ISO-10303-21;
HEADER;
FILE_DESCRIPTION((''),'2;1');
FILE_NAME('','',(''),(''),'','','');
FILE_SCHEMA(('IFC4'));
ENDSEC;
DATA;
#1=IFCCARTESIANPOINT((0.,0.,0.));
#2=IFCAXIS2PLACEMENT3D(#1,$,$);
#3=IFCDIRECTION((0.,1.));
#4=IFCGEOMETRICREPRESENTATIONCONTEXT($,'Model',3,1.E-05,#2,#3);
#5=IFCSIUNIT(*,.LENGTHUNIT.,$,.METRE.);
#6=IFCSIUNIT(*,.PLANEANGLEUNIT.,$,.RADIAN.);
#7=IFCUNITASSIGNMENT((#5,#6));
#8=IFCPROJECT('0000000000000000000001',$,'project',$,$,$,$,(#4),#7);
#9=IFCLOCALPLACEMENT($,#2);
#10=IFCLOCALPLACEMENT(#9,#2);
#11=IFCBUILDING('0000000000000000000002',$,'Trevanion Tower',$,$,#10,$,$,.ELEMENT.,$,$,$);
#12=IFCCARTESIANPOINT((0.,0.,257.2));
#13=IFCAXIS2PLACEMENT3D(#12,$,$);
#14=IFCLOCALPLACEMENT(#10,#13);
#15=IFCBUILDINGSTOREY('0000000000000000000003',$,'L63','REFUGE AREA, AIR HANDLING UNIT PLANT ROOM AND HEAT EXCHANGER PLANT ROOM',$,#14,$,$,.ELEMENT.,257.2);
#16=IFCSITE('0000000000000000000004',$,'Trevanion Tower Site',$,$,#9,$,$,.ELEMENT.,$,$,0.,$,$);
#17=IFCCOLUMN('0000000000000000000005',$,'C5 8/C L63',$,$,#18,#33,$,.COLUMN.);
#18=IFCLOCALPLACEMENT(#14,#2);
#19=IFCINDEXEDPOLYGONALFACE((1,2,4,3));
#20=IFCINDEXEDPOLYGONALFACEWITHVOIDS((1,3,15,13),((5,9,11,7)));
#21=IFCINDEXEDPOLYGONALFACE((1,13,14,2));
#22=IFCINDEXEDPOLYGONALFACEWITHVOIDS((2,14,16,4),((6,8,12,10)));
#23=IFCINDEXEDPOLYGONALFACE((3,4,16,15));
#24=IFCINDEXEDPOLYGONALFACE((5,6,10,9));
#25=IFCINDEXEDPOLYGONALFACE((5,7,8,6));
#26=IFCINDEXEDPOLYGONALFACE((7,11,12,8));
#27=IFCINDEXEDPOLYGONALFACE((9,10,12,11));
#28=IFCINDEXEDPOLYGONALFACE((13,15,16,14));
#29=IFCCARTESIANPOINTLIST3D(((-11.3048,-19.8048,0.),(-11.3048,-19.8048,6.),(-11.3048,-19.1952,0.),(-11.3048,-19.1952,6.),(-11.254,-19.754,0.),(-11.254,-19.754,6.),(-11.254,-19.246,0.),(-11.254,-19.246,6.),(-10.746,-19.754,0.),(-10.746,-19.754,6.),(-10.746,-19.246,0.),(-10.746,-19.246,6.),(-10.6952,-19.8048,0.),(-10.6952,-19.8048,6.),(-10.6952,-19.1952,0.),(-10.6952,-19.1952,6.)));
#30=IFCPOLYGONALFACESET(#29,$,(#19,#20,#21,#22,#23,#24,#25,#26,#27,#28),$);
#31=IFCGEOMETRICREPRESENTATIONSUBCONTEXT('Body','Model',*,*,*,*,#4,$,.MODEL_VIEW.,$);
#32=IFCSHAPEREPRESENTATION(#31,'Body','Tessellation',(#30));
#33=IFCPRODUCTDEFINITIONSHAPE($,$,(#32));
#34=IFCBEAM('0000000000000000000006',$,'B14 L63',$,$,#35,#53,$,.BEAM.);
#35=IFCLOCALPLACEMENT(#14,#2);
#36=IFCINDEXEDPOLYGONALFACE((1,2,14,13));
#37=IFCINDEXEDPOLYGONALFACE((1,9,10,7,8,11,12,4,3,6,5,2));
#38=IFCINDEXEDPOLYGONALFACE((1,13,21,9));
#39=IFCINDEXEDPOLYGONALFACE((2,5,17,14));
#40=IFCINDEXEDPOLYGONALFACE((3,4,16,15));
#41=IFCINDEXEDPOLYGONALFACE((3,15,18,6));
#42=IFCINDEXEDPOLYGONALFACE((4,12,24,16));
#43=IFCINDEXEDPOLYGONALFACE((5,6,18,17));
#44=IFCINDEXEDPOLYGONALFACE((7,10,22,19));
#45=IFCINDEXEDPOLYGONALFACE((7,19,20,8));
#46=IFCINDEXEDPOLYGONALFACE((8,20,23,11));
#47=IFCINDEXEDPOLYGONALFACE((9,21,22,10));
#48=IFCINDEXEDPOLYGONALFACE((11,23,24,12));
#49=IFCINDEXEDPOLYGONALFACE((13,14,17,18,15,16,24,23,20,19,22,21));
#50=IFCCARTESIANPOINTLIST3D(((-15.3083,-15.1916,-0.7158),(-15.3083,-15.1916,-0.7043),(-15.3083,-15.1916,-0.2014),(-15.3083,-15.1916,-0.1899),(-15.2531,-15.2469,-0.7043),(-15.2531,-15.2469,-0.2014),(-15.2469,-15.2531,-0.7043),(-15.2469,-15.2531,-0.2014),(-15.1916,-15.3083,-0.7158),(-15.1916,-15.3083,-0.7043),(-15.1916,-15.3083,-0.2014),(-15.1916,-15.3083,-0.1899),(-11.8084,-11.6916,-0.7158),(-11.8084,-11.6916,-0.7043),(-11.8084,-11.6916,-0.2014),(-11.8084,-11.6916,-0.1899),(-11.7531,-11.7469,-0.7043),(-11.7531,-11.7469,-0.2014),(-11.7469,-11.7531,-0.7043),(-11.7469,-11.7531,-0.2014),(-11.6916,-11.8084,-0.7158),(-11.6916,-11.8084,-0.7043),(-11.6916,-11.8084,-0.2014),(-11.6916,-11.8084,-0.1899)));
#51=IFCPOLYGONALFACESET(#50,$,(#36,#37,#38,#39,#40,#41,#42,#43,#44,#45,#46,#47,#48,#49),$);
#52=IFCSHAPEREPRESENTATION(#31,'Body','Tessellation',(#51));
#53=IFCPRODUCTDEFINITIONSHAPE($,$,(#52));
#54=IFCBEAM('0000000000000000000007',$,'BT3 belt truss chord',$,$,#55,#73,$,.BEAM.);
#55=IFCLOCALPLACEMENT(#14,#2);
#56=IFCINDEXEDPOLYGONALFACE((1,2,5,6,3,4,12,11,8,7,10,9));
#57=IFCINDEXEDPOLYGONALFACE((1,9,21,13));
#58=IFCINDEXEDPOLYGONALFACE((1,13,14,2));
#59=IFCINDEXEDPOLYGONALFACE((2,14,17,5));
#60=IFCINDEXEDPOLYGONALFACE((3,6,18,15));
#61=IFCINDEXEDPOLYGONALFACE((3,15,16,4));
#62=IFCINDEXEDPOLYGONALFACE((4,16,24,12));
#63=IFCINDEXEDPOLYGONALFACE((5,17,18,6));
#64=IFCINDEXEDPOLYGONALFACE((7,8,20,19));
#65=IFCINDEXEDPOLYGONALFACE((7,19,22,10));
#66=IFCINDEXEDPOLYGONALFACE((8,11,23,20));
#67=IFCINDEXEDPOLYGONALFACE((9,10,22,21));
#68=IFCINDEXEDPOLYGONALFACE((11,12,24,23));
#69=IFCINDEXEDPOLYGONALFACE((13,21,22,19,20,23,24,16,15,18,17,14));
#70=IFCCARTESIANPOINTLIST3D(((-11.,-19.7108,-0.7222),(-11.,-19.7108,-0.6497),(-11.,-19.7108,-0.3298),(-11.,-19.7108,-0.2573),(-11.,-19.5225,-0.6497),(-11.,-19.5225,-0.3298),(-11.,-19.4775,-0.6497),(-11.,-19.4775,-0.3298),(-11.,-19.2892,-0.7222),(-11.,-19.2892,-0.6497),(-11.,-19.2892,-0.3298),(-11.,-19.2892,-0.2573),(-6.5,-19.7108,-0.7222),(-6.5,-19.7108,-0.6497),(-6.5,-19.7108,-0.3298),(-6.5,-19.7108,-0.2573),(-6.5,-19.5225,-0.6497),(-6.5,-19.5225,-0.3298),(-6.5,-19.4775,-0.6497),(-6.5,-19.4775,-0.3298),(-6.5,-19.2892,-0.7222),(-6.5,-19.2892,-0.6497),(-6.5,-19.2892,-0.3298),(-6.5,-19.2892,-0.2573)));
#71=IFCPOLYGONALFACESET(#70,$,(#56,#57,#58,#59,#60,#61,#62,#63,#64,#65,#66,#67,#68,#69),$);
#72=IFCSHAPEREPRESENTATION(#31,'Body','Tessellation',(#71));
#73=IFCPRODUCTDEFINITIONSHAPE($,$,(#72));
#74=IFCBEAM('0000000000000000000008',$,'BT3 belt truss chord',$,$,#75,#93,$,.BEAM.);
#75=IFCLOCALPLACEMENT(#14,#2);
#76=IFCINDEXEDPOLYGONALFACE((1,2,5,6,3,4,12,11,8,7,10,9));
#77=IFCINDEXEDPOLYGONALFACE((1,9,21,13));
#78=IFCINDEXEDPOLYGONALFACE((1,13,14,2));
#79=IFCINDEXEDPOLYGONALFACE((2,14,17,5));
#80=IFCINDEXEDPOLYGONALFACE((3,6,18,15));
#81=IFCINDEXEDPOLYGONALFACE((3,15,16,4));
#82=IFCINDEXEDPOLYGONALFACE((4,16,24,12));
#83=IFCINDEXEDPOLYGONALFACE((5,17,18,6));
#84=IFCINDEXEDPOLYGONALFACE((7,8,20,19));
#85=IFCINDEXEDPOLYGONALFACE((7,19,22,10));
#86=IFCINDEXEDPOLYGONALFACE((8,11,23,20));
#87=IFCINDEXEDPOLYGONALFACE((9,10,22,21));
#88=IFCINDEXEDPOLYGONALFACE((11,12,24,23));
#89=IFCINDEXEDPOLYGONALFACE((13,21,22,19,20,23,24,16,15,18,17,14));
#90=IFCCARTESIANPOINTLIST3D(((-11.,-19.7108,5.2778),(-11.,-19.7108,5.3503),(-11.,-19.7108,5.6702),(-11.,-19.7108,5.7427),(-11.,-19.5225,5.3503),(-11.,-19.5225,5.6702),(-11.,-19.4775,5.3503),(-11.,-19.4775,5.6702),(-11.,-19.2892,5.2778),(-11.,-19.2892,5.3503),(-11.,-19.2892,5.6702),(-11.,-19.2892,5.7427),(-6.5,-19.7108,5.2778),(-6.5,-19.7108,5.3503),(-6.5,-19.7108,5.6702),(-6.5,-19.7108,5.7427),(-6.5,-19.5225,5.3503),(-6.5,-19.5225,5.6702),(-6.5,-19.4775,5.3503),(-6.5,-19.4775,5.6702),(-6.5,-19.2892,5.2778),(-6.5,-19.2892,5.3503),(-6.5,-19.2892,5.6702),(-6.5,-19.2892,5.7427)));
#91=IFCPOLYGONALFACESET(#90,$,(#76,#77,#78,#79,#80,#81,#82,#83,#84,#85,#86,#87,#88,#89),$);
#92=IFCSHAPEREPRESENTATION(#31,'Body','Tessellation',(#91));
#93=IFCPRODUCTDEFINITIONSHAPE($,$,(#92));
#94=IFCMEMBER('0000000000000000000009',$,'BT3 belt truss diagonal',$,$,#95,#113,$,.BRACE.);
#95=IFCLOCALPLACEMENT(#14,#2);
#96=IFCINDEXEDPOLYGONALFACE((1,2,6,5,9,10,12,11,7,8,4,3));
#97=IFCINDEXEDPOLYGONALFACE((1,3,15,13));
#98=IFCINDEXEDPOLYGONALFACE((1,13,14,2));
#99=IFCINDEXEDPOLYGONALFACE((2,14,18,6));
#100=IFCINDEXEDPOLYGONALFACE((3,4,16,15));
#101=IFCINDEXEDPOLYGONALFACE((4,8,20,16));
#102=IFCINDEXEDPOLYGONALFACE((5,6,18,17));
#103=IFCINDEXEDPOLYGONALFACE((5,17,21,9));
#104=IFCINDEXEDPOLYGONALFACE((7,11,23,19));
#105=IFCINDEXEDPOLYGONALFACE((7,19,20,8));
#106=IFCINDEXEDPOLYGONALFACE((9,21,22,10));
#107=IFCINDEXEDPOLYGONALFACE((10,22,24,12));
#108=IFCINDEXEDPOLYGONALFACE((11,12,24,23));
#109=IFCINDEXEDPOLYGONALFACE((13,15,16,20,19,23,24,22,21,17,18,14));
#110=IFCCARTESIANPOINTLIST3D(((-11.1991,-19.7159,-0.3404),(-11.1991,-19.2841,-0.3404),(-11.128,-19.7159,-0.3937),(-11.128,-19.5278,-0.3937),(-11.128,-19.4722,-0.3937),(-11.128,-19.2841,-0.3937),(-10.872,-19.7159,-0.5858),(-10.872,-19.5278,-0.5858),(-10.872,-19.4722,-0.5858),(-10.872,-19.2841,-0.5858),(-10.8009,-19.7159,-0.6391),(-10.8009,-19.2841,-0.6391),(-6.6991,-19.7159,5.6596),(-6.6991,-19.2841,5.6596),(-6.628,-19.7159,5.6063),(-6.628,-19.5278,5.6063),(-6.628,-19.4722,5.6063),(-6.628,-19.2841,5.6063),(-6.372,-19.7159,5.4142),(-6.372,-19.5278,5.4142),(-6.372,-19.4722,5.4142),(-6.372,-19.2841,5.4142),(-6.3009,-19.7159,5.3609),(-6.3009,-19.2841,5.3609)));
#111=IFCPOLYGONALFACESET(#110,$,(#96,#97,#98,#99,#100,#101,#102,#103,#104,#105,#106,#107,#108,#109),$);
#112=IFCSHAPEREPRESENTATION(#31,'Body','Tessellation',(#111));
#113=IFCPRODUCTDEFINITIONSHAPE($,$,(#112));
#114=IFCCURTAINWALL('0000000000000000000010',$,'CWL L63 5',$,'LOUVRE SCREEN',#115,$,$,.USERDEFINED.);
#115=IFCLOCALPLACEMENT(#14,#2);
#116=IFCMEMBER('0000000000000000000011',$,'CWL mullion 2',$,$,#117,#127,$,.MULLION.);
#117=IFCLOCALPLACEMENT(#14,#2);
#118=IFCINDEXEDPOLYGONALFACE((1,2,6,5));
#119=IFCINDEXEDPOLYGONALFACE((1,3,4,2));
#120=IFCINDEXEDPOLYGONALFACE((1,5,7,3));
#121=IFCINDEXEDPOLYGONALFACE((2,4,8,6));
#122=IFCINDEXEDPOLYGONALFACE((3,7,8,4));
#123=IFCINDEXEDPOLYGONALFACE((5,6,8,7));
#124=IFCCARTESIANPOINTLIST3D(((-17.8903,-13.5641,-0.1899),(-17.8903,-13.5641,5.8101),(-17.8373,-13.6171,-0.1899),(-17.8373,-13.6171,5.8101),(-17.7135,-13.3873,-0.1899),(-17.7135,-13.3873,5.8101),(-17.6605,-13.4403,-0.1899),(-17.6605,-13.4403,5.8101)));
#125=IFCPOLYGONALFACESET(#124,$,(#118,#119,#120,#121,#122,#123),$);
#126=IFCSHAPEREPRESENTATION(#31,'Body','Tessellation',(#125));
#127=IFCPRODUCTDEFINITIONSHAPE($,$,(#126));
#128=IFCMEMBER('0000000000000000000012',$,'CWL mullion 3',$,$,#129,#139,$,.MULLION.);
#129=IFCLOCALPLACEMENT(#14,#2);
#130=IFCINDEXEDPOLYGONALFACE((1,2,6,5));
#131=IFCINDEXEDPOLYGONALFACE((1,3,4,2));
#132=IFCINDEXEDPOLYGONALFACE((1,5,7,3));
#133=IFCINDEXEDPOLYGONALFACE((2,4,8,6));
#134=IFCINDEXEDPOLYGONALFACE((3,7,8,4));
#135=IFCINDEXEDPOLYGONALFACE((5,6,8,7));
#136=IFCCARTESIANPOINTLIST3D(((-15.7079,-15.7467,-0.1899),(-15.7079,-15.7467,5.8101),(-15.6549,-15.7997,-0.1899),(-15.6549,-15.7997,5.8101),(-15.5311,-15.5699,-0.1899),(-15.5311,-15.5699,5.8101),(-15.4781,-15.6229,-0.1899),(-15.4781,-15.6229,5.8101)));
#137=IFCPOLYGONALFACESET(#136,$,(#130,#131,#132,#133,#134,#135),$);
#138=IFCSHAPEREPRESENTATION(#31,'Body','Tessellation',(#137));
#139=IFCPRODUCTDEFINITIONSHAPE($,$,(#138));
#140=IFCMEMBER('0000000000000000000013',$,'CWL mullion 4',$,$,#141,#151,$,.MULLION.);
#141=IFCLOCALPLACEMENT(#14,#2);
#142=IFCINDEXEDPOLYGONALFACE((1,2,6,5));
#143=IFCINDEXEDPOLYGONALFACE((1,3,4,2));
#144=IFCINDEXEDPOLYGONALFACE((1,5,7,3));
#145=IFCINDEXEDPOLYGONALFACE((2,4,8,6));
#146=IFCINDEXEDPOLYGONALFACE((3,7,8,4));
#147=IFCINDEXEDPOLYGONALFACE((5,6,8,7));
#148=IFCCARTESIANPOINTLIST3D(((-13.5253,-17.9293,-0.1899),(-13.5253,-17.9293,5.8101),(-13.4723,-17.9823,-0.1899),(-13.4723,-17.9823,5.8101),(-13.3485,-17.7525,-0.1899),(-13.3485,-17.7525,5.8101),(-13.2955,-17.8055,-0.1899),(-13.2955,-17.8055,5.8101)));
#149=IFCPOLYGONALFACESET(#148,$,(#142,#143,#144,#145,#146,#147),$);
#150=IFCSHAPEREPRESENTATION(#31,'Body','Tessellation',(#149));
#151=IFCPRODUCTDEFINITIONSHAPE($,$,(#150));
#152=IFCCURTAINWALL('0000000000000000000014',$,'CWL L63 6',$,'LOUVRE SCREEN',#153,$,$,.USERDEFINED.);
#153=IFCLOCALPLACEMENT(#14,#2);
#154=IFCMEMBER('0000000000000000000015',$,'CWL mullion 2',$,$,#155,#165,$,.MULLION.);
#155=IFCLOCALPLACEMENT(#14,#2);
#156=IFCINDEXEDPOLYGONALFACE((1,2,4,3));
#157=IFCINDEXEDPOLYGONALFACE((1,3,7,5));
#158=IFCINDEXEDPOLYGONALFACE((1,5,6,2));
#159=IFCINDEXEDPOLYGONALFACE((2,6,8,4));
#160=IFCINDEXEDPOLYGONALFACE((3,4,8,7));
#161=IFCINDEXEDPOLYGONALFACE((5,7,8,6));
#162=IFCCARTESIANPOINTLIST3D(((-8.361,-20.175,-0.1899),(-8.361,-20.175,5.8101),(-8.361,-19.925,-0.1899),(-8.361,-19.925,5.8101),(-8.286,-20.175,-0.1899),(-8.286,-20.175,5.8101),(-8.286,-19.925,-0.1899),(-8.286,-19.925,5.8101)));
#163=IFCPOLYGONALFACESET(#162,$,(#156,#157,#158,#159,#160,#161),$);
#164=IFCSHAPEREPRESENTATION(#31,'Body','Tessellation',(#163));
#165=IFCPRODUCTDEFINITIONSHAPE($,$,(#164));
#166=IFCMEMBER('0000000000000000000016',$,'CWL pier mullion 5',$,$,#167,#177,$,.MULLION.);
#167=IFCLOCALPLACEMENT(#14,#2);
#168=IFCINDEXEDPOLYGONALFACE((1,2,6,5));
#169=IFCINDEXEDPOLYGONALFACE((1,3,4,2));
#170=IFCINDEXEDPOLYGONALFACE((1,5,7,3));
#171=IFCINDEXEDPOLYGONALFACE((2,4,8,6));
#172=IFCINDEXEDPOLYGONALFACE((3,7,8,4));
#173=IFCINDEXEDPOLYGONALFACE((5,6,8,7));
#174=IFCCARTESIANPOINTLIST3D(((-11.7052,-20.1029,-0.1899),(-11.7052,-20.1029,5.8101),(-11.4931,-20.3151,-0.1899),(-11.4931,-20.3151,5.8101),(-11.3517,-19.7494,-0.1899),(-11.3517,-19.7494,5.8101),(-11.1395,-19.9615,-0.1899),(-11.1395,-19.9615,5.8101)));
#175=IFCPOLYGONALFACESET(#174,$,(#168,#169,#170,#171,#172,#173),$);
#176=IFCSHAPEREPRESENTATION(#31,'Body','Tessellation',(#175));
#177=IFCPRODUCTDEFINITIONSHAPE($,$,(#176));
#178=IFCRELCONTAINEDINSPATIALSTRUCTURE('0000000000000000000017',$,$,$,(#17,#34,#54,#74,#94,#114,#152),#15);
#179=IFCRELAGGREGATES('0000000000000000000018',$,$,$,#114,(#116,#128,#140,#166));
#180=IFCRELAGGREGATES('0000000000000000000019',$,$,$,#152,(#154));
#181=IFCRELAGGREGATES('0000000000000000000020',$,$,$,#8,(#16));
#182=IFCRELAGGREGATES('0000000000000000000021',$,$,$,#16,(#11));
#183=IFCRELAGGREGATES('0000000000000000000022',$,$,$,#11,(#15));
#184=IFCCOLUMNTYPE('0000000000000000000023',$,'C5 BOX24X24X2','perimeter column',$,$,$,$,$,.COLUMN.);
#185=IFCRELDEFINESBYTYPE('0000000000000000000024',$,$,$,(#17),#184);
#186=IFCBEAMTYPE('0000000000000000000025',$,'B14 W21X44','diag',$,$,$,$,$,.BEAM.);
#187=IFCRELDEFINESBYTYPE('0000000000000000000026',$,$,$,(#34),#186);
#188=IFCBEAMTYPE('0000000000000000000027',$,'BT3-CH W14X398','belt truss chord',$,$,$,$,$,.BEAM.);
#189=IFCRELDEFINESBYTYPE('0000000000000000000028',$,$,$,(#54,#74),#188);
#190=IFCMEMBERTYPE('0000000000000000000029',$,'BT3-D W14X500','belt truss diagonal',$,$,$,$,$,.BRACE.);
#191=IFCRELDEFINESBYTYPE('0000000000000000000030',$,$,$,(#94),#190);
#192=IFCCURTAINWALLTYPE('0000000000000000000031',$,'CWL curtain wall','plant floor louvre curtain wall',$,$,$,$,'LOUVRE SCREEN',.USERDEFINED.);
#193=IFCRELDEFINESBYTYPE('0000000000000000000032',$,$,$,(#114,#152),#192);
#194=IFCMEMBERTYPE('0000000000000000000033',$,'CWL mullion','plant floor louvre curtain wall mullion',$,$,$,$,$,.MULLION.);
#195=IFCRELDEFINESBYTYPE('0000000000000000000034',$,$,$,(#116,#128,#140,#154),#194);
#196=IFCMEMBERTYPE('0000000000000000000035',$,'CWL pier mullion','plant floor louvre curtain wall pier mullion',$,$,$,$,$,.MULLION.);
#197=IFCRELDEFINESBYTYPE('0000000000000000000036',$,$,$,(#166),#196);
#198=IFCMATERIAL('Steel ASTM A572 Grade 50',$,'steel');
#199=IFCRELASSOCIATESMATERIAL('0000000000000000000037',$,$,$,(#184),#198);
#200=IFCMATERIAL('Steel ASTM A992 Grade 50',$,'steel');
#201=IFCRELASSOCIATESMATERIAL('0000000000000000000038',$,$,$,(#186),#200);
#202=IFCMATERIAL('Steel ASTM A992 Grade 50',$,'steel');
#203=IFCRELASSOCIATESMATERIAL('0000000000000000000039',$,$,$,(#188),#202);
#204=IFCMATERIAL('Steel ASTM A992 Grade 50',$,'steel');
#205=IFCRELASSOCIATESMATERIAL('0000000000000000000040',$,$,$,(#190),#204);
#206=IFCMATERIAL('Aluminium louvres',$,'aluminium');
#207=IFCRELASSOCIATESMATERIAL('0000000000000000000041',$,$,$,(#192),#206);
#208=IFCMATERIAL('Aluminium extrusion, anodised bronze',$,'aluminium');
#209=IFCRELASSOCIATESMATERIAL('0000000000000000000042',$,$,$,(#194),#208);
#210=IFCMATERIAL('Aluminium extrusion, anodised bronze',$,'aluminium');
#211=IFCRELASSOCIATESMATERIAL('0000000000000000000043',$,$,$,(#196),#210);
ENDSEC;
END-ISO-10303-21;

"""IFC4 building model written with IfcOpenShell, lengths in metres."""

from ifc_helpers import new_model, si_unit, direction, frame, origin, origin_2d, place, context, subcontext, project, spatial, rectangle, hollow_rectangle, i_section, extrude, material, material_profile, profile_set, type_object, element, aggregate, save


model = new_model("IFC4")

# Units and contexts
model_context = context("Model", 3, precision=1e-05, world=origin(), true_north=direction((0.0, 1.0)))
body_context = subcontext(model_context, "Body", "Model", "MODEL_VIEW")
ifc_project = project(units=[si_unit("LENGTHUNIT", "METRE"), si_unit("PLANEANGLEUNIT", "RADIAN")], contexts=[model_context])

# Site, building, storey
site_placement = place(None, origin())
site = spatial("IfcSite", under=ifc_project, at=site_placement, Name="Trevanion Tower Site", CompositionType="ELEMENT", RefElevation=0.0)
building_placement = place(site_placement, origin())
building = spatial("IfcBuilding", under=site, at=building_placement, Name="Trevanion Tower", CompositionType="ELEMENT")
storey_placement = place(building_placement, frame((0.0, 0.0, 257.2)))
storey = spatial("IfcBuildingStorey", under=building, at=storey_placement, Name="L63", Description="REFUGE AREA, AIR HANDLING UNIT PLANT ROOM AND HEAT EXCHANGER PLANT ROOM", CompositionType="ELEMENT", Elevation=257.2)

# Column
ifc_material_1 = material(Name="Steel ASTM A572 Grade 50", Category="steel")
ifc_material_profile_1 = material_profile(ifc_material_1, hollow_rectangle(XDim=0.6096, YDim=0.6096, WallThickness=0.0508, at=origin_2d()), Name="BOX24X24X2")
ifc_profile_set_1 = profile_set([ifc_material_profile_1], Name="Steel ASTM A572 Grade 50")
column_type = type_object("IfcColumnType", Name="C5 BOX24X24X2", Description="perimeter column", PredefinedType="COLUMN", material=ifc_profile_set_1)
column_placement = place(storey_placement, frame((-11.0, -19.5, 0.0), z_axis=(0.0, 0.0, 1.0), x_axis=(1.0, 0.0, 0.0)))
element("IfcColumn", 1, at=column_placement, inside=storey, type_object=column_type, Name="C5 8/C L63", PredefinedType="COLUMN", context=body_context, shape_type="SweptSolid", body=[
    extrude(hollow_rectangle(XDim=0.6096, YDim=0.6096, WallThickness=0.0508, at=origin_2d()), origin(), (0.0, 0.0, 1.0), 6.0),
])

# Beams
ifc_material_2 = material(Name="Steel ASTM A992 Grade 50", Category="steel")
ifc_material_profile_2 = material_profile(ifc_material_2, i_section(OverallWidth=0.165, OverallDepth=0.5259, WebThickness=0.0088, FlangeThickness=0.0115, at=origin_2d()), Name="W21X44")
ifc_profile_set_2 = profile_set([ifc_material_profile_2], Name="Steel ASTM A992 Grade 50")
beam_type_1 = type_object("IfcBeamType", Name="B14 W21X44", Description="diag", PredefinedType="BEAM", material=ifc_profile_set_2)
beam_1_placement = place(storey_placement, frame((-11.75, -11.75, -0.4529), z_axis=(-0.707107, -0.707107, 0.0), x_axis=(0.707107, -0.707107, 0.0)))
element("IfcBeam", 2, at=beam_1_placement, inside=storey, type_object=beam_type_1, Name="B14 L63", PredefinedType="BEAM", context=body_context, shape_type="SweptSolid", body=[
    extrude(i_section(OverallWidth=0.165, OverallDepth=0.5259, WebThickness=0.0088, FlangeThickness=0.0115, at=origin_2d()), origin(), (0.0, 0.0, 1.0), 4.9497),
])
ifc_material_3 = material(Name="Steel ASTM A992 Grade 50", Category="steel")
ifc_material_profile_3 = material_profile(ifc_material_3, i_section(OverallWidth=0.4216, OverallDepth=0.4648, WebThickness=0.0449, FlangeThickness=0.0725, at=origin_2d()), Name="W14X398")
ifc_profile_set_3 = profile_set([ifc_material_profile_3], Name="Steel ASTM A992 Grade 50")
beam_type_2 = type_object("IfcBeamType", Name="BT3-CH W14X398", Description="belt truss chord", PredefinedType="BEAM", material=ifc_profile_set_3)
for number, where, z_axis, x_axis, name in (
    (3, (-11.0, -19.5, -0.4897), (1.0, 0.0, 0.0), (0.0, 1.0, 0.0), "BT3 belt truss chord"),
    (4, (-11.0, -19.5, 5.5103), (1.0, 0.0, 0.0), (0.0, 1.0, 0.0), "BT3 belt truss chord"),
):
    element("IfcBeam", number, at=place(storey_placement, frame(where, z_axis=z_axis, x_axis=x_axis)), inside=storey, type_object=beam_type_2, Name=name, PredefinedType="BEAM", context=body_context, shape_type="SweptSolid", body=[
        extrude(i_section(OverallWidth=0.4216, OverallDepth=0.4648, WebThickness=0.0449, FlangeThickness=0.0725, at=origin_2d()), origin(), (0.0, 0.0, 1.0), 4.5),
    ])

# Member
ifc_material_4 = material(Name="Steel ASTM A992 Grade 50", Category="steel")
ifc_material_profile_4 = material_profile(ifc_material_4, i_section(OverallWidth=0.4319, OverallDepth=0.4978, WebThickness=0.0557, FlangeThickness=0.0889, at=origin_2d()), Name="W14X500")
ifc_profile_set_4 = profile_set([ifc_material_profile_4], Name="Steel ASTM A992 Grade 50")
member_type_1 = type_object("IfcMemberType", Name="BT3-D W14X500", Description="belt truss diagonal", PredefinedType="BRACE", material=ifc_profile_set_4)
member_1_placement = place(storey_placement, frame((-11.0, -19.5, -0.4897), z_axis=(0.6, 0.0, 0.8), x_axis=(0.0, 1.0, 0.0)))
element("IfcMember", 5, at=member_1_placement, inside=storey, type_object=member_type_1, Name="BT3 belt truss diagonal", PredefinedType="BRACE", context=body_context, shape_type="SweptSolid", body=[
    extrude(i_section(OverallWidth=0.4319, OverallDepth=0.4978, WebThickness=0.0557, FlangeThickness=0.0889, at=origin_2d()), origin(), (0.0, 0.0, 1.0), 7.5),
])

# Curtain wall, members
ifc_material_5 = material(Name="Aluminium louvres", Category="aluminium")
curtain_wall_type = type_object("IfcCurtainWallType", Name="CWL curtain wall", Description="plant floor louvre curtain wall", ElementType="LOUVRE SCREEN", PredefinedType="USERDEFINED", material=ifc_material_5)
curtain_wall_1_placement = place(storey_placement, origin())
curtain_wall_1 = element("IfcCurtainWall", 6, at=curtain_wall_1_placement, inside=storey, type_object=curtain_wall_type, Name="CWL L63 5", ObjectType="LOUVRE SCREEN", PredefinedType="USERDEFINED")
ifc_material_6 = material(Name="Aluminium extrusion, anodised bronze", Category="aluminium")
ifc_material_profile_5 = material_profile(ifc_material_6, rectangle(XDim=0.075, YDim=0.25, at=origin_2d()), Name="CWL mullion")
ifc_profile_set_5 = profile_set([ifc_material_profile_5], Name="Aluminium extrusion, anodised bronze")
member_type_2 = type_object("IfcMemberType", Name="CWL mullion", Description="plant floor louvre curtain wall mullion", PredefinedType="MULLION", material=ifc_profile_set_5)
member_2_placement = place(storey_placement, frame((-17.7754, -13.5022, -0.1899), z_axis=(0.0, 0.0, 1.0), x_axis=(0.707107, -0.707107, 0.0)))
member_2 = element("IfcMember", 7, at=member_2_placement, type_object=member_type_2, Name="CWL mullion 2", PredefinedType="MULLION", context=body_context, shape_type="SweptSolid", body=[
    extrude(rectangle(XDim=0.075, YDim=0.25, at=origin_2d()), origin(), (0.0, 0.0, 1.0), 6.0),
])
member_3_placement = place(storey_placement, frame((-15.593, -15.6848, -0.1899), z_axis=(0.0, 0.0, 1.0), x_axis=(0.707107, -0.707107, 0.0)))
member_3 = element("IfcMember", 8, at=member_3_placement, type_object=member_type_2, Name="CWL mullion 3", PredefinedType="MULLION", context=body_context, shape_type="SweptSolid", body=[
    extrude(rectangle(XDim=0.075, YDim=0.25, at=origin_2d()), origin(), (0.0, 0.0, 1.0), 6.0),
])
member_4_placement = place(storey_placement, frame((-13.4104, -17.8674, -0.1899), z_axis=(0.0, 0.0, 1.0), x_axis=(0.707107, -0.707107, 0.0)))
member_4 = element("IfcMember", 9, at=member_4_placement, type_object=member_type_2, Name="CWL mullion 4", PredefinedType="MULLION", context=body_context, shape_type="SweptSolid", body=[
    extrude(rectangle(XDim=0.075, YDim=0.25, at=origin_2d()), origin(), (0.0, 0.0, 1.0), 6.0),
])

# Curtain wall, member
curtain_wall_2_placement = place(storey_placement, origin())
curtain_wall_2 = element("IfcCurtainWall", 10, at=curtain_wall_2_placement, inside=storey, type_object=curtain_wall_type, Name="CWL L63 6", ObjectType="LOUVRE SCREEN", PredefinedType="USERDEFINED")
member_5_placement = place(storey_placement, frame((-8.3235, -20.05, -0.1899), z_axis=(0.0, 0.0, 1.0), x_axis=(1.0, 0.0, 0.0)))
member_5 = element("IfcMember", 11, at=member_5_placement, type_object=member_type_2, Name="CWL mullion 2", PredefinedType="MULLION", context=body_context, shape_type="SweptSolid", body=[
    extrude(rectangle(XDim=0.075, YDim=0.25, at=origin_2d()), origin(), (0.0, 0.0, 1.0), 6.0),
])

# Member
ifc_material_7 = material(Name="Aluminium extrusion, anodised bronze", Category="aluminium")
ifc_material_profile_6 = material_profile(ifc_material_7, rectangle(XDim=0.3, YDim=0.5, at=origin_2d()), Name="CWL pier mullion")
ifc_profile_set_6 = profile_set([ifc_material_profile_6], Name="Aluminium extrusion, anodised bronze")
member_type_3 = type_object("IfcMemberType", Name="CWL pier mullion", Description="plant floor louvre curtain wall pier mullion", PredefinedType="MULLION", material=ifc_profile_set_6)
member_6_placement = place(storey_placement, frame((-11.4224, -20.0322, -0.1899), z_axis=(0.0, 0.0, 1.0), x_axis=(0.707107, -0.707107, 0.0)))
member_6 = element("IfcMember", 12, at=member_6_placement, type_object=member_type_3, Name="CWL pier mullion 5", PredefinedType="MULLION", context=body_context, shape_type="SweptSolid", body=[
    extrude(rectangle(XDim=0.3, YDim=0.5, at=origin_2d()), origin(), (0.0, 0.0, 1.0), 6.0),
])

aggregate(curtain_wall_1, [member_2, member_3, member_4, member_6])
aggregate(curtain_wall_2, [member_5])

save(model, "model.ifc")
